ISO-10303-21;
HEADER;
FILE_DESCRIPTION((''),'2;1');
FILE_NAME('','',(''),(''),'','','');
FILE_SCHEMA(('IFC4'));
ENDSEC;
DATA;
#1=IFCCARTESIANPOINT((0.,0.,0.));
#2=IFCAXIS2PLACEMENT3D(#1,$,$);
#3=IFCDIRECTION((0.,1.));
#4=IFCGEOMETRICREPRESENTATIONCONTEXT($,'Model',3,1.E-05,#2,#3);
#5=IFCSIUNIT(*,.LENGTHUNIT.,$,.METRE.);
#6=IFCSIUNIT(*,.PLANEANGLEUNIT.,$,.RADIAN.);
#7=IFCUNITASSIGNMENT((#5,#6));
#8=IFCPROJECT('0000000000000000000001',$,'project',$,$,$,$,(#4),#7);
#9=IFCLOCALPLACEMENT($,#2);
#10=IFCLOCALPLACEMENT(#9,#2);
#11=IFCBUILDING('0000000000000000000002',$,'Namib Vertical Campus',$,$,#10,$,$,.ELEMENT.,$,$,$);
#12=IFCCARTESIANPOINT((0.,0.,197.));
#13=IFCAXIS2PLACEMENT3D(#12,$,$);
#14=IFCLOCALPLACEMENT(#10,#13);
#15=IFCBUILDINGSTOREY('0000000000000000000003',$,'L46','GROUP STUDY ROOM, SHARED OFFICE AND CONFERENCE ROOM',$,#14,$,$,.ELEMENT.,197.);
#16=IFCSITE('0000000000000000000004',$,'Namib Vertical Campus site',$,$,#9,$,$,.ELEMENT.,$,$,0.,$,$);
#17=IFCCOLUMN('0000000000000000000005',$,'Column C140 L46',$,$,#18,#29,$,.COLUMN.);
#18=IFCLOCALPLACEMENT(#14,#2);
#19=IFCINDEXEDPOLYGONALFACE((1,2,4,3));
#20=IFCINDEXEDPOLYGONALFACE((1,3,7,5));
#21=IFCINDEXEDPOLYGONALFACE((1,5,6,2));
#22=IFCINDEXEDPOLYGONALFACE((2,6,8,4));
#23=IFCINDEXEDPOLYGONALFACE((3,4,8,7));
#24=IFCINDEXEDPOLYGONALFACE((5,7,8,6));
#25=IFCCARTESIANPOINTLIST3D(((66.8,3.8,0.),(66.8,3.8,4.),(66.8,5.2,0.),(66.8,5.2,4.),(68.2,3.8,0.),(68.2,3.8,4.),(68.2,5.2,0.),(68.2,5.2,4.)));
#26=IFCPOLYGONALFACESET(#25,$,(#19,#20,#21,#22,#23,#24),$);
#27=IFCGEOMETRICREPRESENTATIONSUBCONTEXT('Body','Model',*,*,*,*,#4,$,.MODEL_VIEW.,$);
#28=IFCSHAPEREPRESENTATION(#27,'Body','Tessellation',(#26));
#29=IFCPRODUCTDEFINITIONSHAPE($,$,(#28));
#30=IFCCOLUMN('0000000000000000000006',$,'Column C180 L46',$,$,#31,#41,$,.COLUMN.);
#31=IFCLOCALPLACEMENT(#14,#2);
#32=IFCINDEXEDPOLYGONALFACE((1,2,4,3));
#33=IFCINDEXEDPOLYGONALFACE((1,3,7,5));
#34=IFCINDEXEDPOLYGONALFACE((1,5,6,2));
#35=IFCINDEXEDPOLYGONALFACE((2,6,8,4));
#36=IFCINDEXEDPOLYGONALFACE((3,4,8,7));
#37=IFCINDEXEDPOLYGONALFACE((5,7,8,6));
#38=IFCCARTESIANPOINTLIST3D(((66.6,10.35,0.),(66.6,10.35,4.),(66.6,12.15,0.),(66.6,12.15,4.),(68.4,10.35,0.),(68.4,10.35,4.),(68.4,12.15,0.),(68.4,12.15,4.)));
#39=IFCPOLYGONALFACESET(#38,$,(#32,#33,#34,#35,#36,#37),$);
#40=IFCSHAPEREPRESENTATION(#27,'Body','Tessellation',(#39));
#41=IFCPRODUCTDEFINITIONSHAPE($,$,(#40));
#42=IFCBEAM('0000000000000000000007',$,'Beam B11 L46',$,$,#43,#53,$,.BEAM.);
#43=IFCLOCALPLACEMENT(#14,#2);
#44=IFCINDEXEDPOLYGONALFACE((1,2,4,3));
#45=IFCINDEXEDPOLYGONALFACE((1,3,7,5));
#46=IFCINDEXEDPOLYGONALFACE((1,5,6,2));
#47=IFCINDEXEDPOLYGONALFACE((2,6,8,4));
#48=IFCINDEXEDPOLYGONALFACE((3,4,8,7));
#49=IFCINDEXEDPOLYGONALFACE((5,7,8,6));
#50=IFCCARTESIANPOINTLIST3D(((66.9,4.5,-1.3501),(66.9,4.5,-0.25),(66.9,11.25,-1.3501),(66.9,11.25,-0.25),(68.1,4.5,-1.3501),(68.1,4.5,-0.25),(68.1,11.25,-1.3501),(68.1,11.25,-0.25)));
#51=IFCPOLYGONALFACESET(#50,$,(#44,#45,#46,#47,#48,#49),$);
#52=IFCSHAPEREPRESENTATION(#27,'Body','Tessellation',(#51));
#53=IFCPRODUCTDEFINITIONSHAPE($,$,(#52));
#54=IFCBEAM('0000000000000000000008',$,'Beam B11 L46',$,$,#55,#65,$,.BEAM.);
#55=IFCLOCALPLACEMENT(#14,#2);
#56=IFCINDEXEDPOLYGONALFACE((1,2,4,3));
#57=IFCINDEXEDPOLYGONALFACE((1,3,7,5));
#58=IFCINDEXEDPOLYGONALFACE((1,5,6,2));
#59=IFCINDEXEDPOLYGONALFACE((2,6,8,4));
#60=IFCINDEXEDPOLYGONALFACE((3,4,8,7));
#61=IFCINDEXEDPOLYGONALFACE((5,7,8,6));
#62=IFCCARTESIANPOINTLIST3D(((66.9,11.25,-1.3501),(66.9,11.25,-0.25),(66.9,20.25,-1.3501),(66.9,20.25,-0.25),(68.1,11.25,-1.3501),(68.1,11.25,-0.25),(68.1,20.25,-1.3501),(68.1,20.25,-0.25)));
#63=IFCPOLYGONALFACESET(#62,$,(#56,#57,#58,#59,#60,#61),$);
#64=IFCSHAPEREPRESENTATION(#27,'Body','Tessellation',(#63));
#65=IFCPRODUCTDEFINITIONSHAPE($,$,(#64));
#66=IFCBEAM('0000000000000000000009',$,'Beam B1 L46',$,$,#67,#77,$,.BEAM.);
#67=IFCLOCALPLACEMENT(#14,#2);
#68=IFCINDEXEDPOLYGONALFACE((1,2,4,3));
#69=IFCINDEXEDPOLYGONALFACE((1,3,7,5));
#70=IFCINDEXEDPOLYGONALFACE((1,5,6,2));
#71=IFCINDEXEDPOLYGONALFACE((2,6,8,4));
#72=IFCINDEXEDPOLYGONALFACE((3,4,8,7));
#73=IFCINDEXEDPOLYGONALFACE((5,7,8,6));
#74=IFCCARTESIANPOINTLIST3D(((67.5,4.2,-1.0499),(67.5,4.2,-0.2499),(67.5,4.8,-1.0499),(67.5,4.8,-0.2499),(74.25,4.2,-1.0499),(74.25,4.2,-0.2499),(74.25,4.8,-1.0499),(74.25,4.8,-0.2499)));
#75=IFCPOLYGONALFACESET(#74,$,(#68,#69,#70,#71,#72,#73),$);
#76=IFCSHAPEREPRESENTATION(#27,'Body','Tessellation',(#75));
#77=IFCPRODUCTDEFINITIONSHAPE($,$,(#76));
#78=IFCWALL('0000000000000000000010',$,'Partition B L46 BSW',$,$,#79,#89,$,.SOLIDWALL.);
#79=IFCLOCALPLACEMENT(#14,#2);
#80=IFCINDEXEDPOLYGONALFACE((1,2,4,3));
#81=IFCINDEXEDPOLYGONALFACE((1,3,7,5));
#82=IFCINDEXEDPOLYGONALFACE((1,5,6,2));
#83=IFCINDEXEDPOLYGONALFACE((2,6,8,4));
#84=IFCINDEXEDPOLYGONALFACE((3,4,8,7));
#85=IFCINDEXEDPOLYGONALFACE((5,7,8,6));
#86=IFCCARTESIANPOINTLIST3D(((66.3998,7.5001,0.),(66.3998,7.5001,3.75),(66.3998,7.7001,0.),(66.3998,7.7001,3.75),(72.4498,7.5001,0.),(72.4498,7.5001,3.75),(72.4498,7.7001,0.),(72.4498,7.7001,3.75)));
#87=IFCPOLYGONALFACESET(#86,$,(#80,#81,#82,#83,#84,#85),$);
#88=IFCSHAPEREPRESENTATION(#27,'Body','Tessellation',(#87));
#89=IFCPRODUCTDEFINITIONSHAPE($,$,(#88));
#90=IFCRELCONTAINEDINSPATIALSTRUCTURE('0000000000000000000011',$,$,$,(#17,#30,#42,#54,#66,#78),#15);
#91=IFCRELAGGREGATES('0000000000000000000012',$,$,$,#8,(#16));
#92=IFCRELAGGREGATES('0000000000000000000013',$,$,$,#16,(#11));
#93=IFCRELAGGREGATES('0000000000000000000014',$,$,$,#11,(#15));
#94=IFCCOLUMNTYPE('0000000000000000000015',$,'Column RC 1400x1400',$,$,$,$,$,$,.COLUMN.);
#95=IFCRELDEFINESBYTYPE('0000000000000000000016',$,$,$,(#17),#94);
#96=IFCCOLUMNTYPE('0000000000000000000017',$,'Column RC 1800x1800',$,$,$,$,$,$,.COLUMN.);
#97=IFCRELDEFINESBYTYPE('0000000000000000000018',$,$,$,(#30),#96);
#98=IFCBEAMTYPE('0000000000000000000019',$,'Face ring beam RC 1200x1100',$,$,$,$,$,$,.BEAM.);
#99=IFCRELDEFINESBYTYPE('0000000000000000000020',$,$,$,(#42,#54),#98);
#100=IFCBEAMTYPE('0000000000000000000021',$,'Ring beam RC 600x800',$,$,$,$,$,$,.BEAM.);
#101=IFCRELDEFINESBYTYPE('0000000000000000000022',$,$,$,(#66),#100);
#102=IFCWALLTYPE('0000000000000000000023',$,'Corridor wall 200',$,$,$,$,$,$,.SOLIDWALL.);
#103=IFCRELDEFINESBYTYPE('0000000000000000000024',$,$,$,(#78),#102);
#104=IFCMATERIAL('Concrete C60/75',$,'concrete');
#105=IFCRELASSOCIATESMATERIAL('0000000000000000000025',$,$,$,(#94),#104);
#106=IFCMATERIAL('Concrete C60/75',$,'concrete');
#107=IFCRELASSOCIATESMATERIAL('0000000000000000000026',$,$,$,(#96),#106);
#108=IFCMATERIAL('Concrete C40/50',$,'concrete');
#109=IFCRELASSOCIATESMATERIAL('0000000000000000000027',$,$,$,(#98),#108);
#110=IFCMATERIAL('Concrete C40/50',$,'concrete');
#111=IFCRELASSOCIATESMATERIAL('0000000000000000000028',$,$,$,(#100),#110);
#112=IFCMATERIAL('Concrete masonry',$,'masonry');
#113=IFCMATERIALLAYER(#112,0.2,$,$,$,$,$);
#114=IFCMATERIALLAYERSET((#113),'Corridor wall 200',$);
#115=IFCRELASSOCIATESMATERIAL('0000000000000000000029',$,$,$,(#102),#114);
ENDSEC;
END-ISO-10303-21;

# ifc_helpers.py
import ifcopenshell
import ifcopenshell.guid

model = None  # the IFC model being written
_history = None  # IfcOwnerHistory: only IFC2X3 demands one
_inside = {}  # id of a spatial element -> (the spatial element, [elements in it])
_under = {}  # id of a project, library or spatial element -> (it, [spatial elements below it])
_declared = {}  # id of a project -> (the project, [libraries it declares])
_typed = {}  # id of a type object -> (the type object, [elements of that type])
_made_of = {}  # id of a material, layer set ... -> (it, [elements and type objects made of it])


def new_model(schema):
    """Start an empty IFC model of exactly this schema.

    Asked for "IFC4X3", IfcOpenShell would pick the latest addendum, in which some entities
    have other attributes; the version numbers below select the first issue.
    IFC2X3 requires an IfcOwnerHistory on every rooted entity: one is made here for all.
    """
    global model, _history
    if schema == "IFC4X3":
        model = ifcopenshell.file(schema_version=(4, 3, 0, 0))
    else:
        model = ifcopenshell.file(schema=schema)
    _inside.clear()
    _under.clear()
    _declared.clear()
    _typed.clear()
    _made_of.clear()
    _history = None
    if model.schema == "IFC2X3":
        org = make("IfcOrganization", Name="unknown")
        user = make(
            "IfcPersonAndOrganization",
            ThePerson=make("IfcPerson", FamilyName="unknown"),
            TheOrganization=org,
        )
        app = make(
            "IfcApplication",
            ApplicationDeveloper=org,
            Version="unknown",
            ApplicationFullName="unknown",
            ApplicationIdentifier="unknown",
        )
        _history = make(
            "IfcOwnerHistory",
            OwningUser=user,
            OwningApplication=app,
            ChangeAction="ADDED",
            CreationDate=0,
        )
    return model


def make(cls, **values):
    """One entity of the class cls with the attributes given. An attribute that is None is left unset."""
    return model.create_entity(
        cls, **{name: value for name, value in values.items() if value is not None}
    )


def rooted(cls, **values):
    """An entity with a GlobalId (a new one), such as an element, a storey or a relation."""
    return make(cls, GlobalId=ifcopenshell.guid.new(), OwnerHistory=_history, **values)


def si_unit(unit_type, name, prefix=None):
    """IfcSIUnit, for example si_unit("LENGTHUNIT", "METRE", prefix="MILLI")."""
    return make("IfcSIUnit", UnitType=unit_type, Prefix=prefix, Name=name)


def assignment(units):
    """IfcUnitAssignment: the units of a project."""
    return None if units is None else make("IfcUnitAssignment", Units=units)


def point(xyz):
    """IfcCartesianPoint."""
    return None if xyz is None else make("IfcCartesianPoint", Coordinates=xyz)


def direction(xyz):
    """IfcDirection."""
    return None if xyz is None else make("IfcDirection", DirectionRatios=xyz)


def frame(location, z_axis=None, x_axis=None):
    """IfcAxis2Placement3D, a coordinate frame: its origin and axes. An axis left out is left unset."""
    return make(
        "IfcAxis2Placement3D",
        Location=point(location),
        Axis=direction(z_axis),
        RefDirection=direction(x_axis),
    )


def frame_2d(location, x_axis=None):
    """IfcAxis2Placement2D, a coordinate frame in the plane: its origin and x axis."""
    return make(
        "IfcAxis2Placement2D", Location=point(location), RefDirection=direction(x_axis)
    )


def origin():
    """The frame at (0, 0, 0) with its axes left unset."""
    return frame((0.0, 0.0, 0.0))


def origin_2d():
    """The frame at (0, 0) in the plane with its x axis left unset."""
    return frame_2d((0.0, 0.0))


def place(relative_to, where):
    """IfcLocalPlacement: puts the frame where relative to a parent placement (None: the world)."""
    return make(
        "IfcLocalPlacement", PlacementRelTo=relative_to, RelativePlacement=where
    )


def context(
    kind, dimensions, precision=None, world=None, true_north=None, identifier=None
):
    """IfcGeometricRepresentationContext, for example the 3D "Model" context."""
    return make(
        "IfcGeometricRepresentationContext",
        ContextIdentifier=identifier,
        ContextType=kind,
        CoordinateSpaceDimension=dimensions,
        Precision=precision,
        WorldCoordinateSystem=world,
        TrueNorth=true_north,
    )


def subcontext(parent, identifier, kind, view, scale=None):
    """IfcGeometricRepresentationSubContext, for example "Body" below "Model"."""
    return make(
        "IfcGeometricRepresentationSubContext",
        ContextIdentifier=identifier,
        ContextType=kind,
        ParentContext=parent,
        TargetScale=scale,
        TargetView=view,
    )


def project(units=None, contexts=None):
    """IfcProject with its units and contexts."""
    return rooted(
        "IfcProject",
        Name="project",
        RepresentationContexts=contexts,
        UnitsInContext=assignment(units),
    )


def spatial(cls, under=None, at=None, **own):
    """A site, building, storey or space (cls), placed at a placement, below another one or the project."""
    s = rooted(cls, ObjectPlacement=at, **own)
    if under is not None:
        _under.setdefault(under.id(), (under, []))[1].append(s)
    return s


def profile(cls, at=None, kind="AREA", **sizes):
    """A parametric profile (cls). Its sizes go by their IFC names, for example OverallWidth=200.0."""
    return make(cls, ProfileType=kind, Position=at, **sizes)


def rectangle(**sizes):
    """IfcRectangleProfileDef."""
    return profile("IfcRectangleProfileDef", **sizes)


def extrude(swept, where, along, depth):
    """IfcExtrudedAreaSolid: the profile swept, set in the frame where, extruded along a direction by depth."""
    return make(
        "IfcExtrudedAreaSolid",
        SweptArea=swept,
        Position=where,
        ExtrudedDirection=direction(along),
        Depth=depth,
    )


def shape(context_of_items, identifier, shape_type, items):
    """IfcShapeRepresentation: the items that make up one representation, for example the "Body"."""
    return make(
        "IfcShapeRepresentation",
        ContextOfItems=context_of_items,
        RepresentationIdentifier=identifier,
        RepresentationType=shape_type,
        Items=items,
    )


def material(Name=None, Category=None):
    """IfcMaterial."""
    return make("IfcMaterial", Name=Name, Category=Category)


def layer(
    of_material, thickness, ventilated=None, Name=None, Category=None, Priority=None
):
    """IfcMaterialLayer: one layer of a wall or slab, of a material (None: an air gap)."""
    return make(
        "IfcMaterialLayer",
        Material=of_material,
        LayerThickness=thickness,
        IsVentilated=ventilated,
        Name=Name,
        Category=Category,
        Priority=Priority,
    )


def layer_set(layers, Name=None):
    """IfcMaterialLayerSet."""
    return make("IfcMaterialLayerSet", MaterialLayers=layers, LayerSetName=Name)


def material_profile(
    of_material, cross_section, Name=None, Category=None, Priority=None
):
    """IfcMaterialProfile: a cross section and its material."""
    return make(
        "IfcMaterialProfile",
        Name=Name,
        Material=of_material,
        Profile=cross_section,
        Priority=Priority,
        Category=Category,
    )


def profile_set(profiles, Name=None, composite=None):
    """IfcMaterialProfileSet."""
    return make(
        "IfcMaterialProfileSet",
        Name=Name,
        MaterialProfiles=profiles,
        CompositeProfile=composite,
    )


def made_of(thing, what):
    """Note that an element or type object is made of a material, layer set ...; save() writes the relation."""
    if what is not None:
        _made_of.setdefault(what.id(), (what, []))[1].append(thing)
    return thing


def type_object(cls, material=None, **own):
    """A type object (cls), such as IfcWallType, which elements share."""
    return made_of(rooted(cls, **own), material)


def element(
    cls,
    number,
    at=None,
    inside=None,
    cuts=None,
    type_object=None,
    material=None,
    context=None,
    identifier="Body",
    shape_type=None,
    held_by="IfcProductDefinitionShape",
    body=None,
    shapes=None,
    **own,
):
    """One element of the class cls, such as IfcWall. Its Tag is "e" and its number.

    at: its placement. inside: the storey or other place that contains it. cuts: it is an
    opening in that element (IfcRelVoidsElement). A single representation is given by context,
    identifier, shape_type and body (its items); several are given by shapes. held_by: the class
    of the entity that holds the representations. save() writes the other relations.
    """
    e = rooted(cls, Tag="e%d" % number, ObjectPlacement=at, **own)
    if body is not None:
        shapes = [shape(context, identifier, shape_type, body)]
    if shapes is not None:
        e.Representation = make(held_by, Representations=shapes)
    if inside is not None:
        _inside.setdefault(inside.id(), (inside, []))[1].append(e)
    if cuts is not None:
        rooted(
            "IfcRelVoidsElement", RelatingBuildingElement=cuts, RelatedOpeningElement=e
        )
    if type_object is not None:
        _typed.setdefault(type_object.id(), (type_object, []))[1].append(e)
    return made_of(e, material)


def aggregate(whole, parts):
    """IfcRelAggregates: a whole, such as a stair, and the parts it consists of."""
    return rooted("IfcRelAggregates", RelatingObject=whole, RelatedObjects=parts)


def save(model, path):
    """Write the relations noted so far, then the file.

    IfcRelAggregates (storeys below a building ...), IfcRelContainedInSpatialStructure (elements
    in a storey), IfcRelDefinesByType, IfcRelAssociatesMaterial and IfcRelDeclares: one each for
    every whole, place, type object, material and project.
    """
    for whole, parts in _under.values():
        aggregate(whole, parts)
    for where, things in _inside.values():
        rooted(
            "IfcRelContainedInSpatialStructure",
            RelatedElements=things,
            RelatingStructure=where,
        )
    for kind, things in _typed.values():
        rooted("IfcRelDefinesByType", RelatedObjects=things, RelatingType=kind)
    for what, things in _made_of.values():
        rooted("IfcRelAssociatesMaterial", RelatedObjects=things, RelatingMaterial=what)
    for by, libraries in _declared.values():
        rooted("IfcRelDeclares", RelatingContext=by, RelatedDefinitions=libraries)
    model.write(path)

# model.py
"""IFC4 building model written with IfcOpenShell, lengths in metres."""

from ifc_helpers import new_model, si_unit, direction, frame, frame_2d, origin, origin_2d, place, context, subcontext, project, spatial, rectangle, extrude, material, layer, layer_set, material_profile, profile_set, type_object, element, save


model = new_model("IFC4")

# Units and contexts
model_context = context("Model", 3, precision=1e-05, world=origin(), true_north=direction((0.0, 1.0)))
body_context = subcontext(model_context, "Body", "Model", "MODEL_VIEW")
ifc_project = project(units=[si_unit("LENGTHUNIT", "METRE"), si_unit("PLANEANGLEUNIT", "RADIAN")], contexts=[model_context])

# Site, building, storey
site_placement = place(None, origin())
site = spatial("IfcSite", under=ifc_project, at=site_placement, Name="Namib Vertical Campus site", CompositionType="ELEMENT", RefElevation=0.0)
building_placement = place(site_placement, origin())
building = spatial("IfcBuilding", under=site, at=building_placement, Name="Namib Vertical Campus", CompositionType="ELEMENT")
storey_placement = place(building_placement, frame((0.0, 0.0, 197.0)))
storey = spatial("IfcBuildingStorey", under=building, at=storey_placement, Name="L46", Description="GROUP STUDY ROOM, SHARED OFFICE AND CONFERENCE ROOM", CompositionType="ELEMENT", Elevation=197.0)

# Columns
ifc_material_1 = material(Name="Concrete C60/75", Category="concrete")
ifc_material_profile_1 = material_profile(ifc_material_1, rectangle(XDim=1.3999, YDim=1.3999, at=origin_2d()))
ifc_profile_set_1 = profile_set([ifc_material_profile_1], Name="Concrete C60/75")
column_type_1 = type_object("IfcColumnType", Name="Column RC 1400x1400", PredefinedType="COLUMN", material=ifc_profile_set_1)
column_1_placement = place(storey_placement, frame((67.5, 4.5, 0.0), z_axis=(0.0, 0.0, 1.0), x_axis=(1.0, 0.0, 0.0)))
element("IfcColumn", 1, at=column_1_placement, inside=storey, type_object=column_type_1, Name="Column C140 L46", PredefinedType="COLUMN", context=body_context, shape_type="SweptSolid", body=[
    extrude(rectangle(XDim=1.3999, YDim=1.3999, at=origin_2d()), origin(), (0.0, 0.0, 1.0), 4.0),
])
ifc_material_2 = material(Name="Concrete C60/75", Category="concrete")
ifc_material_profile_2 = material_profile(ifc_material_2, rectangle(XDim=1.8, YDim=1.8, at=origin_2d()))
ifc_profile_set_2 = profile_set([ifc_material_profile_2], Name="Concrete C60/75")
column_type_2 = type_object("IfcColumnType", Name="Column RC 1800x1800", PredefinedType="COLUMN", material=ifc_profile_set_2)
column_2_placement = place(storey_placement, frame((67.5, 11.25, 0.0), z_axis=(0.0, 0.0, 1.0), x_axis=(1.0, 0.0, 0.0)))
element("IfcColumn", 2, at=column_2_placement, inside=storey, type_object=column_type_2, Name="Column C180 L46", PredefinedType="COLUMN", context=body_context, shape_type="SweptSolid", body=[
    extrude(rectangle(XDim=1.8, YDim=1.8, at=origin_2d()), origin(), (0.0, 0.0, 1.0), 4.0),
])

# Beams
ifc_material_3 = material(Name="Concrete C40/50", Category="concrete")
ifc_material_profile_3 = material_profile(ifc_material_3, rectangle(XDim=1.2, YDim=1.1001, at=origin_2d()))
ifc_profile_set_3 = profile_set([ifc_material_profile_3], Name="Concrete C40/50")
beam_type_1 = type_object("IfcBeamType", Name="Face ring beam RC 1200x1100", PredefinedType="BEAM", material=ifc_profile_set_3)
beam_1_placement = place(storey_placement, frame((67.5, 4.5, -0.8), z_axis=(0.0, 1.0, 0.0), x_axis=(-1.0, 0.0, 0.0)))
element("IfcBeam", 3, at=beam_1_placement, inside=storey, type_object=beam_type_1, Name="Beam B11 L46", PredefinedType="BEAM", context=body_context, shape_type="SweptSolid", body=[
    extrude(rectangle(XDim=1.2, YDim=1.1001, at=origin_2d()), origin(), (0.0, 0.0, 1.0), 6.75),
])
beam_2_placement = place(storey_placement, frame((67.5, 11.25, -0.8), z_axis=(0.0, 1.0, 0.0), x_axis=(-1.0, 0.0, 0.0)))
element("IfcBeam", 4, at=beam_2_placement, inside=storey, type_object=beam_type_1, Name="Beam B11 L46", PredefinedType="BEAM", context=body_context, shape_type="SweptSolid", body=[
    extrude(rectangle(XDim=1.2, YDim=1.1001, at=origin_2d()), origin(), (0.0, 0.0, 1.0), 9.0),
])
ifc_material_4 = material(Name="Concrete C40/50", Category="concrete")
ifc_material_profile_4 = material_profile(ifc_material_4, rectangle(XDim=0.6001, YDim=0.8, at=origin_2d()))
ifc_profile_set_4 = profile_set([ifc_material_profile_4], Name="Concrete C40/50")
beam_type_2 = type_object("IfcBeamType", Name="Ring beam RC 600x800", PredefinedType="BEAM", material=ifc_profile_set_4)
beam_3_placement = place(storey_placement, frame((67.5, 4.5, -0.6499), z_axis=(1.0, 0.0, 0.0), x_axis=(0.0, 1.0, 0.0)))
element("IfcBeam", 5, at=beam_3_placement, inside=storey, type_object=beam_type_2, Name="Beam B1 L46", PredefinedType="BEAM", context=body_context, shape_type="SweptSolid", body=[
    extrude(rectangle(XDim=0.6001, YDim=0.8, at=origin_2d()), origin(), (0.0, 0.0, 1.0), 6.75),
])

# Wall
ifc_material_5 = material(Name="Concrete masonry", Category="masonry")
ifc_layer_1 = layer(ifc_material_5, 0.2)
ifc_layer_set_1 = layer_set([ifc_layer_1], Name="Corridor wall 200")
wall_type_1 = type_object("IfcWallType", Name="Corridor wall 200", PredefinedType="SOLIDWALL", material=ifc_layer_set_1)
wall_1_placement = place(storey_placement, frame((66.3999, 7.6001, 0.0), z_axis=(0.0, 0.0, 1.0), x_axis=(1.0, 0.0, 0.0)))
element("IfcWall", 6, at=wall_1_placement, inside=storey, type_object=wall_type_1, Name="Partition B L46 BSW", PredefinedType="SOLIDWALL", context=body_context, shape_type="SweptSolid", body=[
    extrude(rectangle(XDim=6.05, YDim=0.2, at=frame_2d((3.0249, 0.0))), origin(), (0.0, 0.0, 1.0), 3.75),
])

save(model, "model.ifc")
